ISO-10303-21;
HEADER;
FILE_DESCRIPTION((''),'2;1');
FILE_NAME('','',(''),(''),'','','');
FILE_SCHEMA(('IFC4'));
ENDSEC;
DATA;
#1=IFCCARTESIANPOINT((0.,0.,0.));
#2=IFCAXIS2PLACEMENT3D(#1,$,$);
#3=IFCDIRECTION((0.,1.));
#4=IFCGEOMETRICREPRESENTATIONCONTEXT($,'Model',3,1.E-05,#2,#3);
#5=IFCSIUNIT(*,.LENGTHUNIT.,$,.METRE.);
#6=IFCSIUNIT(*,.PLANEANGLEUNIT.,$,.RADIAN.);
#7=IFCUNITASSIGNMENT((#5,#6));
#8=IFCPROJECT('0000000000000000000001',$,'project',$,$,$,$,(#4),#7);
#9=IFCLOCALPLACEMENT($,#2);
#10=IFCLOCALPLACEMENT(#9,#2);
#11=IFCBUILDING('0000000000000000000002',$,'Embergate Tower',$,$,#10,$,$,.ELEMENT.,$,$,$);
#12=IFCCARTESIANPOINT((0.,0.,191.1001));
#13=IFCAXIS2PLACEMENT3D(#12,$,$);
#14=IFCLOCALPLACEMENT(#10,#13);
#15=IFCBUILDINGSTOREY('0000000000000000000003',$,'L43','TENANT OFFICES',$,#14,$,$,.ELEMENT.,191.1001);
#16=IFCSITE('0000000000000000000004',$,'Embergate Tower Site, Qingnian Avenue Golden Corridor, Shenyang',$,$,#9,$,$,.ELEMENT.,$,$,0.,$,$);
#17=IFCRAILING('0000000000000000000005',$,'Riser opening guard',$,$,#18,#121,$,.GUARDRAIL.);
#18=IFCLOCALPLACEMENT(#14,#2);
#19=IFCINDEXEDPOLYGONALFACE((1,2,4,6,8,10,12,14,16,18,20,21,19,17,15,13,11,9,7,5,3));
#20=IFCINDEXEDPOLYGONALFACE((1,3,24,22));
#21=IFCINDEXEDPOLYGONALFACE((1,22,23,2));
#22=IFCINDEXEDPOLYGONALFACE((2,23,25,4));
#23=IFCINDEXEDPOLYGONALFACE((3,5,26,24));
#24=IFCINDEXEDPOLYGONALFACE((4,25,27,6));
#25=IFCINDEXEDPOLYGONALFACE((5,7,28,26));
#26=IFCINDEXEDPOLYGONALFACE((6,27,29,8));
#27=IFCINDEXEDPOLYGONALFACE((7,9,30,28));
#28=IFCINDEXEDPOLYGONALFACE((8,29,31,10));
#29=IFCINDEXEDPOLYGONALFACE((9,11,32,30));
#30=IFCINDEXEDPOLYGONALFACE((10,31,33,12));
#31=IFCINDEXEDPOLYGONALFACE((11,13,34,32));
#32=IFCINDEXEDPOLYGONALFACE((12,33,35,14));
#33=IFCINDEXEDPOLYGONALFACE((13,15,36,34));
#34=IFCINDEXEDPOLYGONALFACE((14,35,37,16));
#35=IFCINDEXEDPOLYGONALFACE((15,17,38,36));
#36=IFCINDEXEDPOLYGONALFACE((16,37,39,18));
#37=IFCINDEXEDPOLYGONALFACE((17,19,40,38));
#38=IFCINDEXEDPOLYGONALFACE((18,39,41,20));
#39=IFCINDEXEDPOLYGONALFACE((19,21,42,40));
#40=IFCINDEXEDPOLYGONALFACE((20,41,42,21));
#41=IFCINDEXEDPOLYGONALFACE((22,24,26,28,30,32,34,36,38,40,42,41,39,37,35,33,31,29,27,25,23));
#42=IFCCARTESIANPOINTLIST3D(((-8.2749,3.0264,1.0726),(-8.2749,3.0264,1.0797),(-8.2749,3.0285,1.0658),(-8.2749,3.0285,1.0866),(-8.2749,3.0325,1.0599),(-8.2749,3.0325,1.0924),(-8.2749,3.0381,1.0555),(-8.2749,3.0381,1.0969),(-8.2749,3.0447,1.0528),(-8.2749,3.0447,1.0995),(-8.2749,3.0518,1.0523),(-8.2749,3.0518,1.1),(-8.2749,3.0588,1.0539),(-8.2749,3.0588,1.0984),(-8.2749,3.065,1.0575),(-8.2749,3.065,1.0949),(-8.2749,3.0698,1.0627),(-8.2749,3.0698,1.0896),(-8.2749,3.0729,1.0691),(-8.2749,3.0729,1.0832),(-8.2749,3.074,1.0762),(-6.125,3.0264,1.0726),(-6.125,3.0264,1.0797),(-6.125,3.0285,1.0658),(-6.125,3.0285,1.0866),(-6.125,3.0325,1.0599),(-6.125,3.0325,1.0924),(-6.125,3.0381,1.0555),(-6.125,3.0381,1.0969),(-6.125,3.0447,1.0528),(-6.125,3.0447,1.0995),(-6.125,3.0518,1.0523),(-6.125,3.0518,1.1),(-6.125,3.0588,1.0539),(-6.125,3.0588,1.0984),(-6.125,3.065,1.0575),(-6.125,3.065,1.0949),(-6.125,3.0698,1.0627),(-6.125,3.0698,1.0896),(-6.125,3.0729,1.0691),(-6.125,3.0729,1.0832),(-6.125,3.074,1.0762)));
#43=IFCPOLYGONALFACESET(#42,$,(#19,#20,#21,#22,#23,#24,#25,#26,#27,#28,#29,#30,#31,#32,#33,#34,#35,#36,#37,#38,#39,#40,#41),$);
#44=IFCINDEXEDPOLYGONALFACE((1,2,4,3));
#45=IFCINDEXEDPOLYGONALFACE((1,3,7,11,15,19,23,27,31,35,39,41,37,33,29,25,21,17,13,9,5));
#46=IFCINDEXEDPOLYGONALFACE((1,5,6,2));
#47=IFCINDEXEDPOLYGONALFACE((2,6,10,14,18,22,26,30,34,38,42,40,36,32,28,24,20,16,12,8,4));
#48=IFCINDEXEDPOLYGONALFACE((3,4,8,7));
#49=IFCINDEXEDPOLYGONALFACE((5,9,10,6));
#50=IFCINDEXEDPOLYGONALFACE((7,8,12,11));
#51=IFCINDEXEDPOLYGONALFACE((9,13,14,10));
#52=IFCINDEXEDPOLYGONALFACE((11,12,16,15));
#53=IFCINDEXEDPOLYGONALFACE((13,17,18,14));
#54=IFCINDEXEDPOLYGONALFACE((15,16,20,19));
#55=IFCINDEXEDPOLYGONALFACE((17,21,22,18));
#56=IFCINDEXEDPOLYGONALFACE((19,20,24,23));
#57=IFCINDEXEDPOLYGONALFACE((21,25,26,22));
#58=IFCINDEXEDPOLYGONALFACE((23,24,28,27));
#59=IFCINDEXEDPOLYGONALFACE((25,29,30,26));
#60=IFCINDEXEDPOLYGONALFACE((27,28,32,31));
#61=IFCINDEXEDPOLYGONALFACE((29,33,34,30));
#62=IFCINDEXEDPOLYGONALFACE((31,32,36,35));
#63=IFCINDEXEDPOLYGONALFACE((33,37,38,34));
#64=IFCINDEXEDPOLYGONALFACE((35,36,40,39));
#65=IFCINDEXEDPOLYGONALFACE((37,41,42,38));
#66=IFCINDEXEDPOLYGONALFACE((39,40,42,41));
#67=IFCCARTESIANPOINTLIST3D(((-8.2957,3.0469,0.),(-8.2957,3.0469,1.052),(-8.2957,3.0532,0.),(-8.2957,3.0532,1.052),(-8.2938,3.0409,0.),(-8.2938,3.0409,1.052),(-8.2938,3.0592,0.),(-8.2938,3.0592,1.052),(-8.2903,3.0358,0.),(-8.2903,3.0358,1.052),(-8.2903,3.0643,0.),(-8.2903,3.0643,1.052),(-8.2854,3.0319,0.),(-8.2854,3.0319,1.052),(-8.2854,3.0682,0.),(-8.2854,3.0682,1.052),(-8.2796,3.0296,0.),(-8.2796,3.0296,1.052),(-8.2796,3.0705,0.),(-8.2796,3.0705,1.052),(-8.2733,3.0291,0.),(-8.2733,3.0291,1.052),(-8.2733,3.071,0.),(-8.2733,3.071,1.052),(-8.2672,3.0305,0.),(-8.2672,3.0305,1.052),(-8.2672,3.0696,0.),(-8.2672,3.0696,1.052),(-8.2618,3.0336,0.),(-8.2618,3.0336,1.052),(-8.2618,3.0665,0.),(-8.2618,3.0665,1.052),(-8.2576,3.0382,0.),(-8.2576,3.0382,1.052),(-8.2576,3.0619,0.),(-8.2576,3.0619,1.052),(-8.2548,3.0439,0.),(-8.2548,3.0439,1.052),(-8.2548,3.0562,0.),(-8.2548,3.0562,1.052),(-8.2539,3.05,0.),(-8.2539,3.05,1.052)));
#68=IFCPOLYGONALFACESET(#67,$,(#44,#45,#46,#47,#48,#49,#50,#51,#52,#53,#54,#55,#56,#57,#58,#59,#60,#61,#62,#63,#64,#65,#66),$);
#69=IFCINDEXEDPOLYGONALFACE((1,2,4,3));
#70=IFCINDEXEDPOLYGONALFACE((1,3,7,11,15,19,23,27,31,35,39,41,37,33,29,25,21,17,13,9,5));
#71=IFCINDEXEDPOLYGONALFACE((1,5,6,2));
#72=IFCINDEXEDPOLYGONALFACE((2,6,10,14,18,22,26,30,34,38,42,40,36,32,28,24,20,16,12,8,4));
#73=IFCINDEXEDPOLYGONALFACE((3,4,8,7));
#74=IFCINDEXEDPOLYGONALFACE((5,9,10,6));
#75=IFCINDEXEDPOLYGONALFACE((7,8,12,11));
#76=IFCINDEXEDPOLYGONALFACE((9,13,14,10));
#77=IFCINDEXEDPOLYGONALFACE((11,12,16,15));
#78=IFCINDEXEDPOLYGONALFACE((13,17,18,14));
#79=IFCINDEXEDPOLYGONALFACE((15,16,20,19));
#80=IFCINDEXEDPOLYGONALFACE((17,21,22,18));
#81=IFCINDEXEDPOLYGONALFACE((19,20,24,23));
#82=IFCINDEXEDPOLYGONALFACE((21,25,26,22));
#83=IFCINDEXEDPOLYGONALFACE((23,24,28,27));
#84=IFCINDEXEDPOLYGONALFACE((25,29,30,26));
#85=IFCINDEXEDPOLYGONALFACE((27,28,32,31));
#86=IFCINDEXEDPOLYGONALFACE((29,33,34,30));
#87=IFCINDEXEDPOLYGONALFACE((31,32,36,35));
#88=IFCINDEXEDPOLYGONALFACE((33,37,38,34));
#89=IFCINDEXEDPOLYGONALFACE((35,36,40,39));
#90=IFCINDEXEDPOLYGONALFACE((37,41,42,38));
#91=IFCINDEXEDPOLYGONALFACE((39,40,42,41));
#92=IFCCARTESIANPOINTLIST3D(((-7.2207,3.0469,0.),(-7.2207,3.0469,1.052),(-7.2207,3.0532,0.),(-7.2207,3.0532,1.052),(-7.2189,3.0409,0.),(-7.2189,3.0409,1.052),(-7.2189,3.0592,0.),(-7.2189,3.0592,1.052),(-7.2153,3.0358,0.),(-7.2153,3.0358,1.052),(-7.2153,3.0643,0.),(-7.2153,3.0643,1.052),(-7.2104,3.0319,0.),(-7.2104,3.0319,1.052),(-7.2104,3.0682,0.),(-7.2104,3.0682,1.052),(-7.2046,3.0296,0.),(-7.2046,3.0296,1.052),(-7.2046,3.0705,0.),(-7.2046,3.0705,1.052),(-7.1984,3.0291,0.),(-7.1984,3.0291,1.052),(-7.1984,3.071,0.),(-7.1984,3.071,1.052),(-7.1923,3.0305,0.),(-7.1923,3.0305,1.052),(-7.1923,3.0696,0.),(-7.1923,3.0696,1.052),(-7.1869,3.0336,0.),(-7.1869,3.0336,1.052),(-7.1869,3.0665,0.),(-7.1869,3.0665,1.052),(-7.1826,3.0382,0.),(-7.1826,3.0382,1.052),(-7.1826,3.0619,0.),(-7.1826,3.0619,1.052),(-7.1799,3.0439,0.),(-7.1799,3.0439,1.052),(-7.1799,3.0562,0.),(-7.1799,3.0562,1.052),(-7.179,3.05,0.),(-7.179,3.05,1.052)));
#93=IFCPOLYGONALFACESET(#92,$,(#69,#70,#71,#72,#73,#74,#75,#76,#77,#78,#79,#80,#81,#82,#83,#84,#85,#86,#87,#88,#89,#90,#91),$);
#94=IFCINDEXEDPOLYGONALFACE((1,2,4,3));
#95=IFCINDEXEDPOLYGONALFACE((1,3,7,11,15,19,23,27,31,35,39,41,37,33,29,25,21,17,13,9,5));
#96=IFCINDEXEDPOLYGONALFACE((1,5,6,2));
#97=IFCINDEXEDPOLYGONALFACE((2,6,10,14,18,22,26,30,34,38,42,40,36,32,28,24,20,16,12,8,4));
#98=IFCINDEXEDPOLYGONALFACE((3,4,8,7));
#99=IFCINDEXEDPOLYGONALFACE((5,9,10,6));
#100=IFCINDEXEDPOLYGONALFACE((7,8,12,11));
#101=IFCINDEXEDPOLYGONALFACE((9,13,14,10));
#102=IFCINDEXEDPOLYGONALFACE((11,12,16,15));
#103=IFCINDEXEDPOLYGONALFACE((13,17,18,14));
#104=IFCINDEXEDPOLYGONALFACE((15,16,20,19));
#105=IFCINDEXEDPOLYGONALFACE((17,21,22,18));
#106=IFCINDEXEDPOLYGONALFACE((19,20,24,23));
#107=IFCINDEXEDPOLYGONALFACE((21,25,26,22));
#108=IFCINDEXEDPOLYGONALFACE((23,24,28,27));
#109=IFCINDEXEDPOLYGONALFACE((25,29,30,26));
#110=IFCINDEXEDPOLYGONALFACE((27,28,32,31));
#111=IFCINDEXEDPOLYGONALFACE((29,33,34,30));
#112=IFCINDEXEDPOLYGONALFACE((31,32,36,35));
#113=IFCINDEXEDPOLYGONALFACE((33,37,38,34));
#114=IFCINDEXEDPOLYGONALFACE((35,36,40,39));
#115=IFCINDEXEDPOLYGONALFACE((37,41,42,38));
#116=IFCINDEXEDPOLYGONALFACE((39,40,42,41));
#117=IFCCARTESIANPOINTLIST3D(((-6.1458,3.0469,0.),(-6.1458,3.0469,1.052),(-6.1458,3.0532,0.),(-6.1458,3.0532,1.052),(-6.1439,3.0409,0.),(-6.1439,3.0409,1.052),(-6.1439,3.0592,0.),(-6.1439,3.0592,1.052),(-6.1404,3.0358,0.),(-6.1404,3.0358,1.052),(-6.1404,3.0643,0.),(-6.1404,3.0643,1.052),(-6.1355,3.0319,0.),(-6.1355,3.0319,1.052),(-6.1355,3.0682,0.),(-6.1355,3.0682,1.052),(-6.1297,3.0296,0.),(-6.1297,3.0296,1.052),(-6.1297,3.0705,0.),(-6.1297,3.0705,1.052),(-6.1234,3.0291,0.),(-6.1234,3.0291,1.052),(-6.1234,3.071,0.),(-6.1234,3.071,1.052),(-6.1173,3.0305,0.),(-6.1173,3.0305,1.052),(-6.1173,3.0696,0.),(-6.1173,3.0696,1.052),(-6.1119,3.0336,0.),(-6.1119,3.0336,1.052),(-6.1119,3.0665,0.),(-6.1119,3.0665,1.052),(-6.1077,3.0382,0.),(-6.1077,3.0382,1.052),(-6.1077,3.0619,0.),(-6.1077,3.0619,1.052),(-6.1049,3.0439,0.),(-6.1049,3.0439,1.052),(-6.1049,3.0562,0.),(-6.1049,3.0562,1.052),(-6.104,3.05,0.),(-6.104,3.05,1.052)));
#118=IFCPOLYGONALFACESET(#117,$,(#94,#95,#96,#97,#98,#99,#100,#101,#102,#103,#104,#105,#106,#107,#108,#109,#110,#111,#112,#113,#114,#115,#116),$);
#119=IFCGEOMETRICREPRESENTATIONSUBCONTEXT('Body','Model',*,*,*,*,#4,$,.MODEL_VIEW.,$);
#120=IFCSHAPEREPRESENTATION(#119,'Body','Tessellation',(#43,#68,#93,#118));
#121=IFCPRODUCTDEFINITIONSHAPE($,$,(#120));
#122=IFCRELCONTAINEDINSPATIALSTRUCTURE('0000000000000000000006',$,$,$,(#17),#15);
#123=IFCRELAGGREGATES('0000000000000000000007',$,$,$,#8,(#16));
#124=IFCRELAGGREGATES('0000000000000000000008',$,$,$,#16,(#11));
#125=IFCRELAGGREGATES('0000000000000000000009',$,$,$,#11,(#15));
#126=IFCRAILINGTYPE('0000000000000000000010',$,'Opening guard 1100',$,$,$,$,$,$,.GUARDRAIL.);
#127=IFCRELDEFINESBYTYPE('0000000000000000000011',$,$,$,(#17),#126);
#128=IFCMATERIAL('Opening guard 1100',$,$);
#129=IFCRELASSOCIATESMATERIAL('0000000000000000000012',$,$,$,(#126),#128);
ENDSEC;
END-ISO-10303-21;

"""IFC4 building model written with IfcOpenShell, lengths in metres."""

from ifc_helpers import new_model, si_unit, direction, frame, origin, origin_2d, place, context, subcontext, project, spatial, circle, extrude, source, transform, mapped, material, type_object, element, save


model = new_model("IFC4")

# Units and contexts
model_context = context("Model", 3, precision=1e-05, world=origin(), true_north=direction((0.0, 1.0)))
body_context = subcontext(model_context, "Body", "Model", "MODEL_VIEW")
ifc_project = project(units=[si_unit("LENGTHUNIT", "METRE"), si_unit("PLANEANGLEUNIT", "RADIAN")], contexts=[model_context])

# Site, building, storey
site_placement = place(None, origin())
site = spatial("IfcSite", under=ifc_project, at=site_placement, Name="Embergate Tower Site, Qingnian Avenue Golden Corridor, Shenyang", CompositionType="ELEMENT", RefElevation=0.0)
building_placement = place(site_placement, origin())
building = spatial("IfcBuilding", under=site, at=building_placement, Name="Embergate Tower", CompositionType="ELEMENT")
storey_placement = place(building_placement, frame((0.0, 0.0, 191.1001)))
storey = spatial("IfcBuildingStorey", under=building, at=storey_placement, Name="L43", Description="TENANT OFFICES", CompositionType="ELEMENT", Elevation=191.1001)

# Railing
ifc_material_1 = material(Name="Opening guard 1100")
railing_type = type_object("IfcRailingType", Name="Opening guard 1100", PredefinedType="GUARDRAIL", material=ifc_material_1)
shared_shape_1 = source(origin(), body_context, "Body", "SweptSolid", [
    extrude(circle(Radius=0.0239, at=origin_2d()), frame((0.0, 0.0, 1.0762), z_axis=(1.0, 0.0, 0.0), x_axis=(0.0, 1.0, 0.0)), (0.0, 0.0, 1.0), 2.1499),
    extrude(circle(Radius=0.021, at=origin_2d()), origin(), (0.0, 0.0, 1.0), 1.052),
    extrude(circle(Radius=0.021, at=origin_2d()), frame((1.075, 0.0, 0.0)), (0.0, 0.0, 1.0), 1.052),
    extrude(circle(Radius=0.021, at=origin_2d()), frame((2.1499, 0.0, 0.0)), (0.0, 0.0, 1.0), 1.052),
])
railing_placement = place(storey_placement, frame((-8.2749, 3.05, 0.0)))
element("IfcRailing", 1, at=railing_placement, inside=storey, type_object=railing_type, Name="Riser opening guard", PredefinedType="GUARDRAIL", context=body_context, shape_type="MappedRepresentation", body=[
    mapped(shared_shape_1, transform((0.0, 0.0, 0.0))),
])

save(model, "model.ifc")
